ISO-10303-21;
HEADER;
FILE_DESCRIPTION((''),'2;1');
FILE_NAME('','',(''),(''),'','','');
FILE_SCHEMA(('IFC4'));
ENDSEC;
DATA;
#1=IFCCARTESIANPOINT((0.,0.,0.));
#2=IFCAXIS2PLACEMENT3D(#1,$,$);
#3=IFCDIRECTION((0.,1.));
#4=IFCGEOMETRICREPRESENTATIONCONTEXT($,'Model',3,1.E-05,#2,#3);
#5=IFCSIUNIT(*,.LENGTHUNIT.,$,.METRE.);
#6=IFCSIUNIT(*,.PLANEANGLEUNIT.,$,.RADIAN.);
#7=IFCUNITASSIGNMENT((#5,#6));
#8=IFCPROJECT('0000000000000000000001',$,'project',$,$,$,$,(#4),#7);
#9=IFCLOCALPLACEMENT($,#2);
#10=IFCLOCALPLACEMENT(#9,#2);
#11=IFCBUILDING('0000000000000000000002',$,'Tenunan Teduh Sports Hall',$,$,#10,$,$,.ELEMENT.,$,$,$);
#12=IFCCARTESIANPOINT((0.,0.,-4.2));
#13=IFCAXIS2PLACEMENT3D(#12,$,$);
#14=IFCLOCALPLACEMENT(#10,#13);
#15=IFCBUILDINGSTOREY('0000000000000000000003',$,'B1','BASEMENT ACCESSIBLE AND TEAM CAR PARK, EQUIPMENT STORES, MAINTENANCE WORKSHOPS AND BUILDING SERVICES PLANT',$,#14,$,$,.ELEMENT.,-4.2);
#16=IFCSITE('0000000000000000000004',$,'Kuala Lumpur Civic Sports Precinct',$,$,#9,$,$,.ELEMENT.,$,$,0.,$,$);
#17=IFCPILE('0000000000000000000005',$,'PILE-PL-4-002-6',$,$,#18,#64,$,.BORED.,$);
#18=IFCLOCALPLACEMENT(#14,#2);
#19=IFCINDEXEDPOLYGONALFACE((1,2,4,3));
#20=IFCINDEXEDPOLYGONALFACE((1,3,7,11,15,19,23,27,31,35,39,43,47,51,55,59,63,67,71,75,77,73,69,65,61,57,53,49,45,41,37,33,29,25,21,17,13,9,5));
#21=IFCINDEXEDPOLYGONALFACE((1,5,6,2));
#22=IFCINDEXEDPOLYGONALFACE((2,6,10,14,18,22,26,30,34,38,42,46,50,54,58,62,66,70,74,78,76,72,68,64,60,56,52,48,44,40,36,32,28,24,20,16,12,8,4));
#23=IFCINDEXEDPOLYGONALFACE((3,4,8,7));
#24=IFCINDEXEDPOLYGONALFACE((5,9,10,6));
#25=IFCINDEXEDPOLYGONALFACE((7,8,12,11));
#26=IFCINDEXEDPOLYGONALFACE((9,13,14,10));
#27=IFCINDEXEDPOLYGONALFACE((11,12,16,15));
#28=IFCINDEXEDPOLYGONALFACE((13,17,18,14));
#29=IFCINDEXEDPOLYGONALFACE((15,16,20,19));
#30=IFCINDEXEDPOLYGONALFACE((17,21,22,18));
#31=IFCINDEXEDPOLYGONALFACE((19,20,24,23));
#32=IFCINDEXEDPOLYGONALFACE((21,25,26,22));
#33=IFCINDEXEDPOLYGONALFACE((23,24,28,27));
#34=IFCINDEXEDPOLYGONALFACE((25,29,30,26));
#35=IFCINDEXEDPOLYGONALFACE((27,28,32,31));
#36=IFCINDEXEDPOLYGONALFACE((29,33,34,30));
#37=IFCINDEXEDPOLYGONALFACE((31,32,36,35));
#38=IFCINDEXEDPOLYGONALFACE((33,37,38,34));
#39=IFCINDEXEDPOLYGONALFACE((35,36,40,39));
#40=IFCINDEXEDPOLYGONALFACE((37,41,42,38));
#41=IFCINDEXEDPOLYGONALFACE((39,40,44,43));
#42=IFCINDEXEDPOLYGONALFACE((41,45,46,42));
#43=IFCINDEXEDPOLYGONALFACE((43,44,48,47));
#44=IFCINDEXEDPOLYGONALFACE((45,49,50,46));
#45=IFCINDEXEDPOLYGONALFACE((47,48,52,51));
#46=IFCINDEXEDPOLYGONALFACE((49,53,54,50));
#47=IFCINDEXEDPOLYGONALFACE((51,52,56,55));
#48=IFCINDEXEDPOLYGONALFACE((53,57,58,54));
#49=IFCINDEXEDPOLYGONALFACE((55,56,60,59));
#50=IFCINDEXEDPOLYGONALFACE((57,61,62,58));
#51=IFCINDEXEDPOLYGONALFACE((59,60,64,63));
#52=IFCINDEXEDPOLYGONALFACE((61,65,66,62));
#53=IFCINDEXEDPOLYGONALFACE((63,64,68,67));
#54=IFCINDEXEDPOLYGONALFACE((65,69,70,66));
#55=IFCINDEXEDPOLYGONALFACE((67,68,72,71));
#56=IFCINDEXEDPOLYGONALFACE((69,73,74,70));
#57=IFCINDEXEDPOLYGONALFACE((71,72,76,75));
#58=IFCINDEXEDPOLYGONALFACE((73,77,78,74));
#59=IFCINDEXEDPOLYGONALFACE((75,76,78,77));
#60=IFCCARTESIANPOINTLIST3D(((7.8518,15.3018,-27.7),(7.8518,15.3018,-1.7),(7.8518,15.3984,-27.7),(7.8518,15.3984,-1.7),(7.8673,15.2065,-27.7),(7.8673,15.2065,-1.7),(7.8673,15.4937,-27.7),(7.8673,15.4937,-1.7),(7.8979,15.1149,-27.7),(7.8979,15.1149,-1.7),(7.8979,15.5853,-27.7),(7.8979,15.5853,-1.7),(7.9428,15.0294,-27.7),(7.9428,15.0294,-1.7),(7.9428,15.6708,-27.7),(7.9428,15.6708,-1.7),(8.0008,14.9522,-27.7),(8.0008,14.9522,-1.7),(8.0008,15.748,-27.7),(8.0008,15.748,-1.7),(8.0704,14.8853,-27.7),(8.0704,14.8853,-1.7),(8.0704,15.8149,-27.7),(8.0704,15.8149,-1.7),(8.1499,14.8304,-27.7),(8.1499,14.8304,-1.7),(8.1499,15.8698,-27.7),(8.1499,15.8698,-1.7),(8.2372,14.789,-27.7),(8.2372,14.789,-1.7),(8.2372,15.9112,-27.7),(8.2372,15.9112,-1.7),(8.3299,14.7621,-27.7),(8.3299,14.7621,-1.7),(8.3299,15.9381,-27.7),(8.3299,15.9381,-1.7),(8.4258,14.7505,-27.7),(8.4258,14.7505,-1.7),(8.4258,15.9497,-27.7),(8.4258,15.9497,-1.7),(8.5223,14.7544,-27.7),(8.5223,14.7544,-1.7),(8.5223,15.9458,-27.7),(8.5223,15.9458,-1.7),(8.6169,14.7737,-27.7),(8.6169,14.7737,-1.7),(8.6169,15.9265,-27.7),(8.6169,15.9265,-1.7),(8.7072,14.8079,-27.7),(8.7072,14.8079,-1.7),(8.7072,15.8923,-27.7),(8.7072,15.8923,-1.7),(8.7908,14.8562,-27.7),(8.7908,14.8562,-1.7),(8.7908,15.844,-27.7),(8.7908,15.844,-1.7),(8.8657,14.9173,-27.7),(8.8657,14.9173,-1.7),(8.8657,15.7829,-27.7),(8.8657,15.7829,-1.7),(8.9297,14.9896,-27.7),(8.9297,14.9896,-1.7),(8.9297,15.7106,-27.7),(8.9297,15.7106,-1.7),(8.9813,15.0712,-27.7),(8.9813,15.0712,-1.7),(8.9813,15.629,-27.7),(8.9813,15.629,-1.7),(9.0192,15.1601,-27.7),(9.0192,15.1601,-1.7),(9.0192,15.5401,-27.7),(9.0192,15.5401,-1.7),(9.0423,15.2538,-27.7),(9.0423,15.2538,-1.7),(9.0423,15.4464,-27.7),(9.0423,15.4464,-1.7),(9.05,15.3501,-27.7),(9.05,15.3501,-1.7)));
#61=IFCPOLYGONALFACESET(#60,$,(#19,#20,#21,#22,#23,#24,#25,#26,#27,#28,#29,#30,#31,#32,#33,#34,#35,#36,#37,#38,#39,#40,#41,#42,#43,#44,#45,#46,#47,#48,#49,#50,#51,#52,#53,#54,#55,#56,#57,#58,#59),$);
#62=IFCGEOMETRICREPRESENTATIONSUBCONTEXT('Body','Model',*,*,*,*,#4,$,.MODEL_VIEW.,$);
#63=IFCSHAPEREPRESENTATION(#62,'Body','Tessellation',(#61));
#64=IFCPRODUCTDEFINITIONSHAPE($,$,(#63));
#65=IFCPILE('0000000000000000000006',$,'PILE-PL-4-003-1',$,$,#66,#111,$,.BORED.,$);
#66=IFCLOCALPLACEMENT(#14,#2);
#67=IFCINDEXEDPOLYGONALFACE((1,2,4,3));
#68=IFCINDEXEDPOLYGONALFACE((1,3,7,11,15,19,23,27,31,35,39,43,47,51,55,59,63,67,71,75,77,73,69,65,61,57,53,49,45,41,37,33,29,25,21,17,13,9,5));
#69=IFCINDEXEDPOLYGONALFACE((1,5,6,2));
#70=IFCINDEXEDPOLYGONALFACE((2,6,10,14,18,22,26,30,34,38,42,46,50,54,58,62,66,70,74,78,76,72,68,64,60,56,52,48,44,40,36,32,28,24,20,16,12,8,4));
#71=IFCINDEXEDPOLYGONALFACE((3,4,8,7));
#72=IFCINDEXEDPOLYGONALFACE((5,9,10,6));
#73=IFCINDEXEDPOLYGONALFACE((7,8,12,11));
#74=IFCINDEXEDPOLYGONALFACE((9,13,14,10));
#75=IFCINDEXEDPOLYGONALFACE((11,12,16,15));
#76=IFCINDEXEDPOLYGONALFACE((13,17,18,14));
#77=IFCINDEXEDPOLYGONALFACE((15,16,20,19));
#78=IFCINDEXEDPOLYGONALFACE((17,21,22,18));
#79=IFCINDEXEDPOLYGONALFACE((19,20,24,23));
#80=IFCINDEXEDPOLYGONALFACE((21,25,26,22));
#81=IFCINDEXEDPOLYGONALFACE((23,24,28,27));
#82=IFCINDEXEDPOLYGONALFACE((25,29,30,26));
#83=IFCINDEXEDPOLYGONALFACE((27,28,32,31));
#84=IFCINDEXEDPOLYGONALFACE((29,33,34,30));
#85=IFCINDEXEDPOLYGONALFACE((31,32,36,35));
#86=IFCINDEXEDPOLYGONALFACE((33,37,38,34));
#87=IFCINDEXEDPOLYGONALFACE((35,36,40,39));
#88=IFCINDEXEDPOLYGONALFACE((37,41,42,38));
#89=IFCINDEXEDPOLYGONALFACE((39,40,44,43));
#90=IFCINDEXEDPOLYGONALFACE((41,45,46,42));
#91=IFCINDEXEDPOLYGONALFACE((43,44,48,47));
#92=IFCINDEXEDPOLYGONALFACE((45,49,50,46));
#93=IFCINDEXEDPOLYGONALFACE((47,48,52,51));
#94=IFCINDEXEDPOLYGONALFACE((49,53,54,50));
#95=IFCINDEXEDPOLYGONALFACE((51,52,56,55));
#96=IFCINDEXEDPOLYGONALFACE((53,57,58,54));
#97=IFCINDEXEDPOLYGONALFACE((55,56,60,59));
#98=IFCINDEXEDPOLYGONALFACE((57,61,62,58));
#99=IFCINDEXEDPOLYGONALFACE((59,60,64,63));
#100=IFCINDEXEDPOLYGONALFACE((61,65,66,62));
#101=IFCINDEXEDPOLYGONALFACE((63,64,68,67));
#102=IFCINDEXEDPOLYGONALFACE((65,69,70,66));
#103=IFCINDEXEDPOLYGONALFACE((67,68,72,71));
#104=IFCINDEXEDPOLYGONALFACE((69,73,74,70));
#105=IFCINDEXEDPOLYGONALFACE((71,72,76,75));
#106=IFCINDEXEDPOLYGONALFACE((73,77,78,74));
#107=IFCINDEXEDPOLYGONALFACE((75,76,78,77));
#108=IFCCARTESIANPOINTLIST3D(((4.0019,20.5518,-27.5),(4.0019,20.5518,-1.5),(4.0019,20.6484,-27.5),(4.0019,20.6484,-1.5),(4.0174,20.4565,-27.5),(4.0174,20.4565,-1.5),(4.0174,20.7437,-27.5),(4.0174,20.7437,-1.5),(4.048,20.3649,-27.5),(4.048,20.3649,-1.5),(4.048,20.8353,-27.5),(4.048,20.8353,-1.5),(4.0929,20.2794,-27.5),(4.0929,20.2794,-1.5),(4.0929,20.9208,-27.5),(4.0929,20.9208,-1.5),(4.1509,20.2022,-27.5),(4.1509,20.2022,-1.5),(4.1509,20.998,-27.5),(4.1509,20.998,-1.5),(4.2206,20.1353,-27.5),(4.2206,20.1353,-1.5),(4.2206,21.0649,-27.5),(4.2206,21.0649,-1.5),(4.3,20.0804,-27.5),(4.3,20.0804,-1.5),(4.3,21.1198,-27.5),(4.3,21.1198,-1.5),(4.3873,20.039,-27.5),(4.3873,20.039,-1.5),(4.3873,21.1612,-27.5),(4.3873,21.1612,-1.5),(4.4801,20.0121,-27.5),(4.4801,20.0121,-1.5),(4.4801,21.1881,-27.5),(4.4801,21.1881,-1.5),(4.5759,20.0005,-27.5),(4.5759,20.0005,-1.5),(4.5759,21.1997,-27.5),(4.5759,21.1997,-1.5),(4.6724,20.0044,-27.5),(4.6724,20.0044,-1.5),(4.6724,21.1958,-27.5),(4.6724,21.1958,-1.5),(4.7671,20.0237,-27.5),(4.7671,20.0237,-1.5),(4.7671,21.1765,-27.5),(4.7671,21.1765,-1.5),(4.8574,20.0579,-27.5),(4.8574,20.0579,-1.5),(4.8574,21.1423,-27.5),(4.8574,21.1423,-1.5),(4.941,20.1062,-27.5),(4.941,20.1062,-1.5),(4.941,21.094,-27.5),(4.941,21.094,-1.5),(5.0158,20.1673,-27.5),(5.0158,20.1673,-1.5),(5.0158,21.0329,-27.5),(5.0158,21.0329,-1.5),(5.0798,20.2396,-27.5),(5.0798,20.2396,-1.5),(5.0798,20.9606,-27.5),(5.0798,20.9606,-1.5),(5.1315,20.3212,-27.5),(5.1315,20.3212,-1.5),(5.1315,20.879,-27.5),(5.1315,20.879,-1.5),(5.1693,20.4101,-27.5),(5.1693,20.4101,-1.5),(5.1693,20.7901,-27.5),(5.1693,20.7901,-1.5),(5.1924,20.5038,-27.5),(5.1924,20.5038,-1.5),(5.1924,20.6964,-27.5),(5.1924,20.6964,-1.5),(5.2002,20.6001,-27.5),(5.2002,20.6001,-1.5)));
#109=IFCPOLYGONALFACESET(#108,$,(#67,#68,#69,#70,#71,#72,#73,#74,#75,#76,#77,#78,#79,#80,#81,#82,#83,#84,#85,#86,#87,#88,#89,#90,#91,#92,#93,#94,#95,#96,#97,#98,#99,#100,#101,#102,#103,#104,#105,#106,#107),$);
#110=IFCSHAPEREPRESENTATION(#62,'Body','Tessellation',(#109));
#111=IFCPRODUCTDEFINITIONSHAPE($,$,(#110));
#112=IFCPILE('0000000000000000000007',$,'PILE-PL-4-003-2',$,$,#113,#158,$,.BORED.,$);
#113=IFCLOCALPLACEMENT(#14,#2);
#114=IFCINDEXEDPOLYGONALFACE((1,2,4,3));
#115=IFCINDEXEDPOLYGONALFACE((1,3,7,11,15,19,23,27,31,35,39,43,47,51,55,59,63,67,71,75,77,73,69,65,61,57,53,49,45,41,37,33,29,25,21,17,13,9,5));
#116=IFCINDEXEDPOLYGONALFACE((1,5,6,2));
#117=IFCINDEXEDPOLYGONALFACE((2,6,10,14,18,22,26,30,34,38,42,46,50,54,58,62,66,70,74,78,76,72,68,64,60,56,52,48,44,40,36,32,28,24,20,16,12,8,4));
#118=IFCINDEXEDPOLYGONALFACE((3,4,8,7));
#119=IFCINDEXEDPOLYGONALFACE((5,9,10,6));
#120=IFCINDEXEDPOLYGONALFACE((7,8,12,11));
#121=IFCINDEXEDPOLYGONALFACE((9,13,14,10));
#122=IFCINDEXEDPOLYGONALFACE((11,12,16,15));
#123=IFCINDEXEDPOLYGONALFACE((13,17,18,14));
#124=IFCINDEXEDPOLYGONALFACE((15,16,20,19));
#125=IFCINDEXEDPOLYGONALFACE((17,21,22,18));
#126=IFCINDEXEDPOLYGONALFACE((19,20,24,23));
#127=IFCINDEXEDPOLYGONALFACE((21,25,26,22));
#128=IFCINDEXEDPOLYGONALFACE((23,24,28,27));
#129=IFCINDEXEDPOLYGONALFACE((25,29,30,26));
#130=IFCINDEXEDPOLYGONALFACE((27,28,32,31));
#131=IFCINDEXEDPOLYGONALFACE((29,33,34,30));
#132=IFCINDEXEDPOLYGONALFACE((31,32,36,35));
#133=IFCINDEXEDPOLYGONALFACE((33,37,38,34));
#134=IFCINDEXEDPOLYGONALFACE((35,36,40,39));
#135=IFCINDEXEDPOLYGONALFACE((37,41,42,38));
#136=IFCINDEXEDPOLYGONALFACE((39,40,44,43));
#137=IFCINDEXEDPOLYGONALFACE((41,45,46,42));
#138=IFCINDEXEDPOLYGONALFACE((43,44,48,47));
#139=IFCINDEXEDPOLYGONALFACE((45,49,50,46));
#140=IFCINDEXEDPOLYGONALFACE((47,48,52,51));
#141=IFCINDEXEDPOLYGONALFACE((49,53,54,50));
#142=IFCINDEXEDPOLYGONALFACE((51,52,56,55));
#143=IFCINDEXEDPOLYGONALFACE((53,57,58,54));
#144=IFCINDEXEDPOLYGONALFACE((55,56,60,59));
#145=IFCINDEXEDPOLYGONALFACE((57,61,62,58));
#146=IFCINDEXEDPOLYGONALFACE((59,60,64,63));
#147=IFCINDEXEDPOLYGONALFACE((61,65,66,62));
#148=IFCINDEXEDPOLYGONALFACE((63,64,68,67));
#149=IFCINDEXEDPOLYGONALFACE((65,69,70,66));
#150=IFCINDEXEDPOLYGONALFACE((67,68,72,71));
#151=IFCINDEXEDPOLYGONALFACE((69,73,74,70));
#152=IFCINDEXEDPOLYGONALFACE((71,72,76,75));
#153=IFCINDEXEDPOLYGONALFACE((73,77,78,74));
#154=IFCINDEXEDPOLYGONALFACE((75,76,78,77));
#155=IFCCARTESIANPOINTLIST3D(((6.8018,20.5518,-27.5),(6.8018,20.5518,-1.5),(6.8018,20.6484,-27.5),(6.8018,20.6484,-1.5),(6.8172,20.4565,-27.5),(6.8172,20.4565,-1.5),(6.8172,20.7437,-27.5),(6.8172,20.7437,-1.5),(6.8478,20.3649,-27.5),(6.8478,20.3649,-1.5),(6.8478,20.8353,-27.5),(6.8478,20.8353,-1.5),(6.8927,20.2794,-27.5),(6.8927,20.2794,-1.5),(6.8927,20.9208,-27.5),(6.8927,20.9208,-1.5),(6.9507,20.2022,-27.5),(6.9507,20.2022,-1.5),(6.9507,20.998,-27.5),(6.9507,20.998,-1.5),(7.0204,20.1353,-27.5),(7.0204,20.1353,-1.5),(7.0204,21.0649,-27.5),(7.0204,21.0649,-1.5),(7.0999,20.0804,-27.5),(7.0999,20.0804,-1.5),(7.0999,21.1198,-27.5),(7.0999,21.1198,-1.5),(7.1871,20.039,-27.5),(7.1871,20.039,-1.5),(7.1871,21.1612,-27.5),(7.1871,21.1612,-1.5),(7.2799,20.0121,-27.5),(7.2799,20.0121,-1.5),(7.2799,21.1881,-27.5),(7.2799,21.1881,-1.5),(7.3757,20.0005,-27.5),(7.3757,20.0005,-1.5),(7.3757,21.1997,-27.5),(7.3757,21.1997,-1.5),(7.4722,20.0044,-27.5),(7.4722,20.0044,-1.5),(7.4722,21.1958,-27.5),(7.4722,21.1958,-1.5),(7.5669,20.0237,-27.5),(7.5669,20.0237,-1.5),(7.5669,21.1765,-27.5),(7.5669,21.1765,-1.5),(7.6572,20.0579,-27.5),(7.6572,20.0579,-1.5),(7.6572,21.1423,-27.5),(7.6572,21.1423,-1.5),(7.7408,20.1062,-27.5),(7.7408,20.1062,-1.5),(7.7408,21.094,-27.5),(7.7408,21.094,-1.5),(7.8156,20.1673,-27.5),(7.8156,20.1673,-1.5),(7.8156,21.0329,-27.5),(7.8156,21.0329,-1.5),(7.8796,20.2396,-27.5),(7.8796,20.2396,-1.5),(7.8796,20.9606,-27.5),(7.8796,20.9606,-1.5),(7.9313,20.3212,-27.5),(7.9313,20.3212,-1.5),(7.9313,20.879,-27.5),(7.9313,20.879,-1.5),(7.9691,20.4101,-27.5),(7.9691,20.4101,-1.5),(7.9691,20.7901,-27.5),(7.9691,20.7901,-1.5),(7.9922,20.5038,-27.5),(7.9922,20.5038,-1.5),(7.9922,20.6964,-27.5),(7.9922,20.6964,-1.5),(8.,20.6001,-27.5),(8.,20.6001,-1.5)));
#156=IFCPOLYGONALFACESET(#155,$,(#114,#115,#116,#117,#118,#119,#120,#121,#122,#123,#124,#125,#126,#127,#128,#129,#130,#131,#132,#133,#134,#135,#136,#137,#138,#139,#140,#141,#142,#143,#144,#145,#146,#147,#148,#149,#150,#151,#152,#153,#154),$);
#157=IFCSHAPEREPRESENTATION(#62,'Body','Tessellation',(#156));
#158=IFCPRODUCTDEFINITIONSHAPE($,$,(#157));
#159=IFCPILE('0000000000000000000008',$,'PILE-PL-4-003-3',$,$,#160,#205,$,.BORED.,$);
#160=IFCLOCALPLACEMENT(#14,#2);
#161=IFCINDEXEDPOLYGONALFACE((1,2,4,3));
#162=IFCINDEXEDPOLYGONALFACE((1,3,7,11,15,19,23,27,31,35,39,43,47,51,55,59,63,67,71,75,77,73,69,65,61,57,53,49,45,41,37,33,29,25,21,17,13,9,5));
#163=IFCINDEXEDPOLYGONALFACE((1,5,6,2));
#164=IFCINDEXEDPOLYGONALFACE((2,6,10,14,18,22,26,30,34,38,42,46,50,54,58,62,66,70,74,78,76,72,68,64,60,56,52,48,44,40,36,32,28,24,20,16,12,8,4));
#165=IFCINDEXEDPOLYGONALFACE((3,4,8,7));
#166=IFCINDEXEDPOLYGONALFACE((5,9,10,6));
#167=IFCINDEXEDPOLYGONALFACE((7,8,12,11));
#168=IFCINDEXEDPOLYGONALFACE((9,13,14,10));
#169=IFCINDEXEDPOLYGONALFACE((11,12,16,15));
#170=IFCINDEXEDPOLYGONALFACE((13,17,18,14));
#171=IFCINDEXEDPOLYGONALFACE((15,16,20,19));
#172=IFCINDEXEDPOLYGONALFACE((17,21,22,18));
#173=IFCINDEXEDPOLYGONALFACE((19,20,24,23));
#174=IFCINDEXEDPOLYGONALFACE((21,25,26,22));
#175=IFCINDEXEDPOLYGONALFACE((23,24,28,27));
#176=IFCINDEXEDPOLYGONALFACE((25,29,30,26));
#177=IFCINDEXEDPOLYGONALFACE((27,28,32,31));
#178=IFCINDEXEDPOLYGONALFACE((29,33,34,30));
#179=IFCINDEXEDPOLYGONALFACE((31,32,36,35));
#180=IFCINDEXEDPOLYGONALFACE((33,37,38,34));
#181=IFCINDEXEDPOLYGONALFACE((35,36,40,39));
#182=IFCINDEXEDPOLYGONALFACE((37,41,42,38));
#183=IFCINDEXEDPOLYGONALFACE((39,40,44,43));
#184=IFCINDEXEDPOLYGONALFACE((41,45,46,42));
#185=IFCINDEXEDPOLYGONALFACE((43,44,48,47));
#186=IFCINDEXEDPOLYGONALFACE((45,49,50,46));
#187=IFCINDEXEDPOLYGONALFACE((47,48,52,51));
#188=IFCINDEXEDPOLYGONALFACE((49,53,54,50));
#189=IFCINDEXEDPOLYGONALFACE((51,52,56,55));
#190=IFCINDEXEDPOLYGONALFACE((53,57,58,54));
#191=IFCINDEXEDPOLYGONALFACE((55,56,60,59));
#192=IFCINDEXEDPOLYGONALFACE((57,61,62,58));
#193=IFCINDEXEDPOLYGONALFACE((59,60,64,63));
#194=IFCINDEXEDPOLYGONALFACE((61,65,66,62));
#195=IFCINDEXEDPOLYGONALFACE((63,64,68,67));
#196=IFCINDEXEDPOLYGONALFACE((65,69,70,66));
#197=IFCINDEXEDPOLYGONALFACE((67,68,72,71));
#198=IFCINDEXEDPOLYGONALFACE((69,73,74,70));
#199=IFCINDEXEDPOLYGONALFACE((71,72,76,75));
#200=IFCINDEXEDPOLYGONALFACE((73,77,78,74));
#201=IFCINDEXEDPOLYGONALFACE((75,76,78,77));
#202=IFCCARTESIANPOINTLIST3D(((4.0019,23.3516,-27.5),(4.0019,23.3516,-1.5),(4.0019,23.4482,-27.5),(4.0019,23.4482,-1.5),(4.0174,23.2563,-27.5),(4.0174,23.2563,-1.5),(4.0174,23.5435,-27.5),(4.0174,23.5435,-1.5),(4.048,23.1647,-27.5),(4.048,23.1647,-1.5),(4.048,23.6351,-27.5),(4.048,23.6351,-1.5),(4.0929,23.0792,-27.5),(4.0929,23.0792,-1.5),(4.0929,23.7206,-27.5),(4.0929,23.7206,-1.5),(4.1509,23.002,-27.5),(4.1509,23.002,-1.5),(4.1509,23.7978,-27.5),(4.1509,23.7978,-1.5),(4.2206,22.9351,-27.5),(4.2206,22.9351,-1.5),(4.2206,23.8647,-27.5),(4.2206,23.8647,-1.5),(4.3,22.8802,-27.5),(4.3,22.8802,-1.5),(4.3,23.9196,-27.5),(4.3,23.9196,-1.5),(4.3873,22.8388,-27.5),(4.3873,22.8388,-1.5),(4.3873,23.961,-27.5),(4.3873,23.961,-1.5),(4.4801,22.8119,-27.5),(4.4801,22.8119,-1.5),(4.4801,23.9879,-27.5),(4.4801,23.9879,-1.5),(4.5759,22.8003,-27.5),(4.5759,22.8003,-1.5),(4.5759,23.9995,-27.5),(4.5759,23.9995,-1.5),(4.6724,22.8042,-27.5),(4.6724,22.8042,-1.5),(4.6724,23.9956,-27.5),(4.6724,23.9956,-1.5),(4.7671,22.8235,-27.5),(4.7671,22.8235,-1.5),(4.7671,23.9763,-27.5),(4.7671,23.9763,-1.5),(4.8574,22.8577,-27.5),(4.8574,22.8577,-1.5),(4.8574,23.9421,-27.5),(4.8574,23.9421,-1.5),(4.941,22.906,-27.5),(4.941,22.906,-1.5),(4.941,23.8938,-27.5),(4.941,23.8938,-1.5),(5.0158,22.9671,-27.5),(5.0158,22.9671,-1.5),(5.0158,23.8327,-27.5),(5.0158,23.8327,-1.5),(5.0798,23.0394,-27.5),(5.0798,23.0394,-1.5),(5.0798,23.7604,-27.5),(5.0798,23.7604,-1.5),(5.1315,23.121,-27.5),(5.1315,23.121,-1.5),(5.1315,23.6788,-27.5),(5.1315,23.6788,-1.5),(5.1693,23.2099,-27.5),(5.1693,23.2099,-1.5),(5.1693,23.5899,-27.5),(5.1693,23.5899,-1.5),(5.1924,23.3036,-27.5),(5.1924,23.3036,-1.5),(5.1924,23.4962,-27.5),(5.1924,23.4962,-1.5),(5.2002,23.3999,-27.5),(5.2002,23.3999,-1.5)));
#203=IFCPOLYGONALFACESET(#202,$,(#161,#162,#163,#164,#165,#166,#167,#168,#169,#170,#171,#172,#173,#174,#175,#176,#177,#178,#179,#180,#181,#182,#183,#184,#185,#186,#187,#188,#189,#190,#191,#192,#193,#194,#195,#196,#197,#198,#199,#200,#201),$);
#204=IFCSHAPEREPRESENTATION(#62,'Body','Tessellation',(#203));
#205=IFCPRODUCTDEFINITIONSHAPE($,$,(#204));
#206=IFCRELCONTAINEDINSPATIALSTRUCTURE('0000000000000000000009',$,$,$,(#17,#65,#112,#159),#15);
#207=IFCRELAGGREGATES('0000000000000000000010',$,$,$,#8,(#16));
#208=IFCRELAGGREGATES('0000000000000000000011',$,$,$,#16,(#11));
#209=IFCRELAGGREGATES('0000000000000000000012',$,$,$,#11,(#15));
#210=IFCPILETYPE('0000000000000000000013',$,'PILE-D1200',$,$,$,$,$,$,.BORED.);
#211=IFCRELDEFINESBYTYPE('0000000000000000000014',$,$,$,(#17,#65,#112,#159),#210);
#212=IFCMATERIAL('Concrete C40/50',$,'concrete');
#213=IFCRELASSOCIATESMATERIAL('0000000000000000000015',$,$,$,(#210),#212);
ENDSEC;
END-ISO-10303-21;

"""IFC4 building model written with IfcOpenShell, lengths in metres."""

from ifc_helpers import new_model, si_unit, direction, frame, origin, origin_2d, place, context, subcontext, project, spatial, circle, extrude, material, material_profile, profile_set, type_object, element, save


model = new_model("IFC4")

# Units and contexts
model_context = context("Model", 3, precision=1e-05, world=origin(), true_north=direction((0.0, 1.0)))
body_context = subcontext(model_context, "Body", "Model", "MODEL_VIEW")
ifc_project = project(units=[si_unit("LENGTHUNIT", "METRE"), si_unit("PLANEANGLEUNIT", "RADIAN")], contexts=[model_context])

# Site, building, storey
site_placement = place(None, origin())
site = spatial("IfcSite", under=ifc_project, at=site_placement, Name="Kuala Lumpur Civic Sports Precinct", CompositionType="ELEMENT", RefElevation=0.0)
building_placement = place(site_placement, origin())
building = spatial("IfcBuilding", under=site, at=building_placement, Name="Tenunan Teduh Sports Hall", CompositionType="ELEMENT")
storey_placement = place(building_placement, frame((0.0, 0.0, -4.2)))
storey = spatial("IfcBuildingStorey", under=building, at=storey_placement, Name="B1", Description="BASEMENT ACCESSIBLE AND TEAM CAR PARK, EQUIPMENT STORES, MAINTENANCE WORKSHOPS AND BUILDING SERVICES PLANT", CompositionType="ELEMENT", Elevation=-4.2)

# Piles
ifc_material_1 = material(Name="Concrete C40/50", Category="concrete")
ifc_material_profile_1 = material_profile(ifc_material_1, circle(Radius=0.6001, at=origin_2d()), Name="PILE D1200")
ifc_profile_set_1 = profile_set([ifc_material_profile_1], Name="Concrete C40/50")
pile_type_1 = type_object("IfcPileType", Name="PILE-D1200", PredefinedType="BORED", material=ifc_profile_set_1)
for number, where, z_axis, x_axis, name in (
    (1, (8.45, 15.3501, -1.7), (0.0, 0.0, -1.0), (1.0, 0.0, 0.0), "PILE-PL-4-002-6"),
    (2, (4.6001, 20.6001, -1.5), (0.0, 0.0, -1.0), (1.0, 0.0, 0.0), "PILE-PL-4-003-1"),
    (3, (7.3999, 20.6001, -1.5), (0.0, 0.0, -1.0), (1.0, 0.0, 0.0), "PILE-PL-4-003-2"),
    (4, (4.6001, 23.3999, -1.5), (0.0, 0.0, -1.0), (1.0, 0.0, 0.0), "PILE-PL-4-003-3"),
):
    element("IfcPile", number, at=place(storey_placement, frame(where, z_axis=z_axis, x_axis=x_axis)), inside=storey, type_object=pile_type_1, Name=name, PredefinedType="BORED", context=body_context, shape_type="SweptSolid", body=[
        extrude(circle(Radius=0.6001, at=origin_2d()), origin(), (0.0, 0.0, 1.0), 26.0),
    ])

save(model, "model.ifc")
